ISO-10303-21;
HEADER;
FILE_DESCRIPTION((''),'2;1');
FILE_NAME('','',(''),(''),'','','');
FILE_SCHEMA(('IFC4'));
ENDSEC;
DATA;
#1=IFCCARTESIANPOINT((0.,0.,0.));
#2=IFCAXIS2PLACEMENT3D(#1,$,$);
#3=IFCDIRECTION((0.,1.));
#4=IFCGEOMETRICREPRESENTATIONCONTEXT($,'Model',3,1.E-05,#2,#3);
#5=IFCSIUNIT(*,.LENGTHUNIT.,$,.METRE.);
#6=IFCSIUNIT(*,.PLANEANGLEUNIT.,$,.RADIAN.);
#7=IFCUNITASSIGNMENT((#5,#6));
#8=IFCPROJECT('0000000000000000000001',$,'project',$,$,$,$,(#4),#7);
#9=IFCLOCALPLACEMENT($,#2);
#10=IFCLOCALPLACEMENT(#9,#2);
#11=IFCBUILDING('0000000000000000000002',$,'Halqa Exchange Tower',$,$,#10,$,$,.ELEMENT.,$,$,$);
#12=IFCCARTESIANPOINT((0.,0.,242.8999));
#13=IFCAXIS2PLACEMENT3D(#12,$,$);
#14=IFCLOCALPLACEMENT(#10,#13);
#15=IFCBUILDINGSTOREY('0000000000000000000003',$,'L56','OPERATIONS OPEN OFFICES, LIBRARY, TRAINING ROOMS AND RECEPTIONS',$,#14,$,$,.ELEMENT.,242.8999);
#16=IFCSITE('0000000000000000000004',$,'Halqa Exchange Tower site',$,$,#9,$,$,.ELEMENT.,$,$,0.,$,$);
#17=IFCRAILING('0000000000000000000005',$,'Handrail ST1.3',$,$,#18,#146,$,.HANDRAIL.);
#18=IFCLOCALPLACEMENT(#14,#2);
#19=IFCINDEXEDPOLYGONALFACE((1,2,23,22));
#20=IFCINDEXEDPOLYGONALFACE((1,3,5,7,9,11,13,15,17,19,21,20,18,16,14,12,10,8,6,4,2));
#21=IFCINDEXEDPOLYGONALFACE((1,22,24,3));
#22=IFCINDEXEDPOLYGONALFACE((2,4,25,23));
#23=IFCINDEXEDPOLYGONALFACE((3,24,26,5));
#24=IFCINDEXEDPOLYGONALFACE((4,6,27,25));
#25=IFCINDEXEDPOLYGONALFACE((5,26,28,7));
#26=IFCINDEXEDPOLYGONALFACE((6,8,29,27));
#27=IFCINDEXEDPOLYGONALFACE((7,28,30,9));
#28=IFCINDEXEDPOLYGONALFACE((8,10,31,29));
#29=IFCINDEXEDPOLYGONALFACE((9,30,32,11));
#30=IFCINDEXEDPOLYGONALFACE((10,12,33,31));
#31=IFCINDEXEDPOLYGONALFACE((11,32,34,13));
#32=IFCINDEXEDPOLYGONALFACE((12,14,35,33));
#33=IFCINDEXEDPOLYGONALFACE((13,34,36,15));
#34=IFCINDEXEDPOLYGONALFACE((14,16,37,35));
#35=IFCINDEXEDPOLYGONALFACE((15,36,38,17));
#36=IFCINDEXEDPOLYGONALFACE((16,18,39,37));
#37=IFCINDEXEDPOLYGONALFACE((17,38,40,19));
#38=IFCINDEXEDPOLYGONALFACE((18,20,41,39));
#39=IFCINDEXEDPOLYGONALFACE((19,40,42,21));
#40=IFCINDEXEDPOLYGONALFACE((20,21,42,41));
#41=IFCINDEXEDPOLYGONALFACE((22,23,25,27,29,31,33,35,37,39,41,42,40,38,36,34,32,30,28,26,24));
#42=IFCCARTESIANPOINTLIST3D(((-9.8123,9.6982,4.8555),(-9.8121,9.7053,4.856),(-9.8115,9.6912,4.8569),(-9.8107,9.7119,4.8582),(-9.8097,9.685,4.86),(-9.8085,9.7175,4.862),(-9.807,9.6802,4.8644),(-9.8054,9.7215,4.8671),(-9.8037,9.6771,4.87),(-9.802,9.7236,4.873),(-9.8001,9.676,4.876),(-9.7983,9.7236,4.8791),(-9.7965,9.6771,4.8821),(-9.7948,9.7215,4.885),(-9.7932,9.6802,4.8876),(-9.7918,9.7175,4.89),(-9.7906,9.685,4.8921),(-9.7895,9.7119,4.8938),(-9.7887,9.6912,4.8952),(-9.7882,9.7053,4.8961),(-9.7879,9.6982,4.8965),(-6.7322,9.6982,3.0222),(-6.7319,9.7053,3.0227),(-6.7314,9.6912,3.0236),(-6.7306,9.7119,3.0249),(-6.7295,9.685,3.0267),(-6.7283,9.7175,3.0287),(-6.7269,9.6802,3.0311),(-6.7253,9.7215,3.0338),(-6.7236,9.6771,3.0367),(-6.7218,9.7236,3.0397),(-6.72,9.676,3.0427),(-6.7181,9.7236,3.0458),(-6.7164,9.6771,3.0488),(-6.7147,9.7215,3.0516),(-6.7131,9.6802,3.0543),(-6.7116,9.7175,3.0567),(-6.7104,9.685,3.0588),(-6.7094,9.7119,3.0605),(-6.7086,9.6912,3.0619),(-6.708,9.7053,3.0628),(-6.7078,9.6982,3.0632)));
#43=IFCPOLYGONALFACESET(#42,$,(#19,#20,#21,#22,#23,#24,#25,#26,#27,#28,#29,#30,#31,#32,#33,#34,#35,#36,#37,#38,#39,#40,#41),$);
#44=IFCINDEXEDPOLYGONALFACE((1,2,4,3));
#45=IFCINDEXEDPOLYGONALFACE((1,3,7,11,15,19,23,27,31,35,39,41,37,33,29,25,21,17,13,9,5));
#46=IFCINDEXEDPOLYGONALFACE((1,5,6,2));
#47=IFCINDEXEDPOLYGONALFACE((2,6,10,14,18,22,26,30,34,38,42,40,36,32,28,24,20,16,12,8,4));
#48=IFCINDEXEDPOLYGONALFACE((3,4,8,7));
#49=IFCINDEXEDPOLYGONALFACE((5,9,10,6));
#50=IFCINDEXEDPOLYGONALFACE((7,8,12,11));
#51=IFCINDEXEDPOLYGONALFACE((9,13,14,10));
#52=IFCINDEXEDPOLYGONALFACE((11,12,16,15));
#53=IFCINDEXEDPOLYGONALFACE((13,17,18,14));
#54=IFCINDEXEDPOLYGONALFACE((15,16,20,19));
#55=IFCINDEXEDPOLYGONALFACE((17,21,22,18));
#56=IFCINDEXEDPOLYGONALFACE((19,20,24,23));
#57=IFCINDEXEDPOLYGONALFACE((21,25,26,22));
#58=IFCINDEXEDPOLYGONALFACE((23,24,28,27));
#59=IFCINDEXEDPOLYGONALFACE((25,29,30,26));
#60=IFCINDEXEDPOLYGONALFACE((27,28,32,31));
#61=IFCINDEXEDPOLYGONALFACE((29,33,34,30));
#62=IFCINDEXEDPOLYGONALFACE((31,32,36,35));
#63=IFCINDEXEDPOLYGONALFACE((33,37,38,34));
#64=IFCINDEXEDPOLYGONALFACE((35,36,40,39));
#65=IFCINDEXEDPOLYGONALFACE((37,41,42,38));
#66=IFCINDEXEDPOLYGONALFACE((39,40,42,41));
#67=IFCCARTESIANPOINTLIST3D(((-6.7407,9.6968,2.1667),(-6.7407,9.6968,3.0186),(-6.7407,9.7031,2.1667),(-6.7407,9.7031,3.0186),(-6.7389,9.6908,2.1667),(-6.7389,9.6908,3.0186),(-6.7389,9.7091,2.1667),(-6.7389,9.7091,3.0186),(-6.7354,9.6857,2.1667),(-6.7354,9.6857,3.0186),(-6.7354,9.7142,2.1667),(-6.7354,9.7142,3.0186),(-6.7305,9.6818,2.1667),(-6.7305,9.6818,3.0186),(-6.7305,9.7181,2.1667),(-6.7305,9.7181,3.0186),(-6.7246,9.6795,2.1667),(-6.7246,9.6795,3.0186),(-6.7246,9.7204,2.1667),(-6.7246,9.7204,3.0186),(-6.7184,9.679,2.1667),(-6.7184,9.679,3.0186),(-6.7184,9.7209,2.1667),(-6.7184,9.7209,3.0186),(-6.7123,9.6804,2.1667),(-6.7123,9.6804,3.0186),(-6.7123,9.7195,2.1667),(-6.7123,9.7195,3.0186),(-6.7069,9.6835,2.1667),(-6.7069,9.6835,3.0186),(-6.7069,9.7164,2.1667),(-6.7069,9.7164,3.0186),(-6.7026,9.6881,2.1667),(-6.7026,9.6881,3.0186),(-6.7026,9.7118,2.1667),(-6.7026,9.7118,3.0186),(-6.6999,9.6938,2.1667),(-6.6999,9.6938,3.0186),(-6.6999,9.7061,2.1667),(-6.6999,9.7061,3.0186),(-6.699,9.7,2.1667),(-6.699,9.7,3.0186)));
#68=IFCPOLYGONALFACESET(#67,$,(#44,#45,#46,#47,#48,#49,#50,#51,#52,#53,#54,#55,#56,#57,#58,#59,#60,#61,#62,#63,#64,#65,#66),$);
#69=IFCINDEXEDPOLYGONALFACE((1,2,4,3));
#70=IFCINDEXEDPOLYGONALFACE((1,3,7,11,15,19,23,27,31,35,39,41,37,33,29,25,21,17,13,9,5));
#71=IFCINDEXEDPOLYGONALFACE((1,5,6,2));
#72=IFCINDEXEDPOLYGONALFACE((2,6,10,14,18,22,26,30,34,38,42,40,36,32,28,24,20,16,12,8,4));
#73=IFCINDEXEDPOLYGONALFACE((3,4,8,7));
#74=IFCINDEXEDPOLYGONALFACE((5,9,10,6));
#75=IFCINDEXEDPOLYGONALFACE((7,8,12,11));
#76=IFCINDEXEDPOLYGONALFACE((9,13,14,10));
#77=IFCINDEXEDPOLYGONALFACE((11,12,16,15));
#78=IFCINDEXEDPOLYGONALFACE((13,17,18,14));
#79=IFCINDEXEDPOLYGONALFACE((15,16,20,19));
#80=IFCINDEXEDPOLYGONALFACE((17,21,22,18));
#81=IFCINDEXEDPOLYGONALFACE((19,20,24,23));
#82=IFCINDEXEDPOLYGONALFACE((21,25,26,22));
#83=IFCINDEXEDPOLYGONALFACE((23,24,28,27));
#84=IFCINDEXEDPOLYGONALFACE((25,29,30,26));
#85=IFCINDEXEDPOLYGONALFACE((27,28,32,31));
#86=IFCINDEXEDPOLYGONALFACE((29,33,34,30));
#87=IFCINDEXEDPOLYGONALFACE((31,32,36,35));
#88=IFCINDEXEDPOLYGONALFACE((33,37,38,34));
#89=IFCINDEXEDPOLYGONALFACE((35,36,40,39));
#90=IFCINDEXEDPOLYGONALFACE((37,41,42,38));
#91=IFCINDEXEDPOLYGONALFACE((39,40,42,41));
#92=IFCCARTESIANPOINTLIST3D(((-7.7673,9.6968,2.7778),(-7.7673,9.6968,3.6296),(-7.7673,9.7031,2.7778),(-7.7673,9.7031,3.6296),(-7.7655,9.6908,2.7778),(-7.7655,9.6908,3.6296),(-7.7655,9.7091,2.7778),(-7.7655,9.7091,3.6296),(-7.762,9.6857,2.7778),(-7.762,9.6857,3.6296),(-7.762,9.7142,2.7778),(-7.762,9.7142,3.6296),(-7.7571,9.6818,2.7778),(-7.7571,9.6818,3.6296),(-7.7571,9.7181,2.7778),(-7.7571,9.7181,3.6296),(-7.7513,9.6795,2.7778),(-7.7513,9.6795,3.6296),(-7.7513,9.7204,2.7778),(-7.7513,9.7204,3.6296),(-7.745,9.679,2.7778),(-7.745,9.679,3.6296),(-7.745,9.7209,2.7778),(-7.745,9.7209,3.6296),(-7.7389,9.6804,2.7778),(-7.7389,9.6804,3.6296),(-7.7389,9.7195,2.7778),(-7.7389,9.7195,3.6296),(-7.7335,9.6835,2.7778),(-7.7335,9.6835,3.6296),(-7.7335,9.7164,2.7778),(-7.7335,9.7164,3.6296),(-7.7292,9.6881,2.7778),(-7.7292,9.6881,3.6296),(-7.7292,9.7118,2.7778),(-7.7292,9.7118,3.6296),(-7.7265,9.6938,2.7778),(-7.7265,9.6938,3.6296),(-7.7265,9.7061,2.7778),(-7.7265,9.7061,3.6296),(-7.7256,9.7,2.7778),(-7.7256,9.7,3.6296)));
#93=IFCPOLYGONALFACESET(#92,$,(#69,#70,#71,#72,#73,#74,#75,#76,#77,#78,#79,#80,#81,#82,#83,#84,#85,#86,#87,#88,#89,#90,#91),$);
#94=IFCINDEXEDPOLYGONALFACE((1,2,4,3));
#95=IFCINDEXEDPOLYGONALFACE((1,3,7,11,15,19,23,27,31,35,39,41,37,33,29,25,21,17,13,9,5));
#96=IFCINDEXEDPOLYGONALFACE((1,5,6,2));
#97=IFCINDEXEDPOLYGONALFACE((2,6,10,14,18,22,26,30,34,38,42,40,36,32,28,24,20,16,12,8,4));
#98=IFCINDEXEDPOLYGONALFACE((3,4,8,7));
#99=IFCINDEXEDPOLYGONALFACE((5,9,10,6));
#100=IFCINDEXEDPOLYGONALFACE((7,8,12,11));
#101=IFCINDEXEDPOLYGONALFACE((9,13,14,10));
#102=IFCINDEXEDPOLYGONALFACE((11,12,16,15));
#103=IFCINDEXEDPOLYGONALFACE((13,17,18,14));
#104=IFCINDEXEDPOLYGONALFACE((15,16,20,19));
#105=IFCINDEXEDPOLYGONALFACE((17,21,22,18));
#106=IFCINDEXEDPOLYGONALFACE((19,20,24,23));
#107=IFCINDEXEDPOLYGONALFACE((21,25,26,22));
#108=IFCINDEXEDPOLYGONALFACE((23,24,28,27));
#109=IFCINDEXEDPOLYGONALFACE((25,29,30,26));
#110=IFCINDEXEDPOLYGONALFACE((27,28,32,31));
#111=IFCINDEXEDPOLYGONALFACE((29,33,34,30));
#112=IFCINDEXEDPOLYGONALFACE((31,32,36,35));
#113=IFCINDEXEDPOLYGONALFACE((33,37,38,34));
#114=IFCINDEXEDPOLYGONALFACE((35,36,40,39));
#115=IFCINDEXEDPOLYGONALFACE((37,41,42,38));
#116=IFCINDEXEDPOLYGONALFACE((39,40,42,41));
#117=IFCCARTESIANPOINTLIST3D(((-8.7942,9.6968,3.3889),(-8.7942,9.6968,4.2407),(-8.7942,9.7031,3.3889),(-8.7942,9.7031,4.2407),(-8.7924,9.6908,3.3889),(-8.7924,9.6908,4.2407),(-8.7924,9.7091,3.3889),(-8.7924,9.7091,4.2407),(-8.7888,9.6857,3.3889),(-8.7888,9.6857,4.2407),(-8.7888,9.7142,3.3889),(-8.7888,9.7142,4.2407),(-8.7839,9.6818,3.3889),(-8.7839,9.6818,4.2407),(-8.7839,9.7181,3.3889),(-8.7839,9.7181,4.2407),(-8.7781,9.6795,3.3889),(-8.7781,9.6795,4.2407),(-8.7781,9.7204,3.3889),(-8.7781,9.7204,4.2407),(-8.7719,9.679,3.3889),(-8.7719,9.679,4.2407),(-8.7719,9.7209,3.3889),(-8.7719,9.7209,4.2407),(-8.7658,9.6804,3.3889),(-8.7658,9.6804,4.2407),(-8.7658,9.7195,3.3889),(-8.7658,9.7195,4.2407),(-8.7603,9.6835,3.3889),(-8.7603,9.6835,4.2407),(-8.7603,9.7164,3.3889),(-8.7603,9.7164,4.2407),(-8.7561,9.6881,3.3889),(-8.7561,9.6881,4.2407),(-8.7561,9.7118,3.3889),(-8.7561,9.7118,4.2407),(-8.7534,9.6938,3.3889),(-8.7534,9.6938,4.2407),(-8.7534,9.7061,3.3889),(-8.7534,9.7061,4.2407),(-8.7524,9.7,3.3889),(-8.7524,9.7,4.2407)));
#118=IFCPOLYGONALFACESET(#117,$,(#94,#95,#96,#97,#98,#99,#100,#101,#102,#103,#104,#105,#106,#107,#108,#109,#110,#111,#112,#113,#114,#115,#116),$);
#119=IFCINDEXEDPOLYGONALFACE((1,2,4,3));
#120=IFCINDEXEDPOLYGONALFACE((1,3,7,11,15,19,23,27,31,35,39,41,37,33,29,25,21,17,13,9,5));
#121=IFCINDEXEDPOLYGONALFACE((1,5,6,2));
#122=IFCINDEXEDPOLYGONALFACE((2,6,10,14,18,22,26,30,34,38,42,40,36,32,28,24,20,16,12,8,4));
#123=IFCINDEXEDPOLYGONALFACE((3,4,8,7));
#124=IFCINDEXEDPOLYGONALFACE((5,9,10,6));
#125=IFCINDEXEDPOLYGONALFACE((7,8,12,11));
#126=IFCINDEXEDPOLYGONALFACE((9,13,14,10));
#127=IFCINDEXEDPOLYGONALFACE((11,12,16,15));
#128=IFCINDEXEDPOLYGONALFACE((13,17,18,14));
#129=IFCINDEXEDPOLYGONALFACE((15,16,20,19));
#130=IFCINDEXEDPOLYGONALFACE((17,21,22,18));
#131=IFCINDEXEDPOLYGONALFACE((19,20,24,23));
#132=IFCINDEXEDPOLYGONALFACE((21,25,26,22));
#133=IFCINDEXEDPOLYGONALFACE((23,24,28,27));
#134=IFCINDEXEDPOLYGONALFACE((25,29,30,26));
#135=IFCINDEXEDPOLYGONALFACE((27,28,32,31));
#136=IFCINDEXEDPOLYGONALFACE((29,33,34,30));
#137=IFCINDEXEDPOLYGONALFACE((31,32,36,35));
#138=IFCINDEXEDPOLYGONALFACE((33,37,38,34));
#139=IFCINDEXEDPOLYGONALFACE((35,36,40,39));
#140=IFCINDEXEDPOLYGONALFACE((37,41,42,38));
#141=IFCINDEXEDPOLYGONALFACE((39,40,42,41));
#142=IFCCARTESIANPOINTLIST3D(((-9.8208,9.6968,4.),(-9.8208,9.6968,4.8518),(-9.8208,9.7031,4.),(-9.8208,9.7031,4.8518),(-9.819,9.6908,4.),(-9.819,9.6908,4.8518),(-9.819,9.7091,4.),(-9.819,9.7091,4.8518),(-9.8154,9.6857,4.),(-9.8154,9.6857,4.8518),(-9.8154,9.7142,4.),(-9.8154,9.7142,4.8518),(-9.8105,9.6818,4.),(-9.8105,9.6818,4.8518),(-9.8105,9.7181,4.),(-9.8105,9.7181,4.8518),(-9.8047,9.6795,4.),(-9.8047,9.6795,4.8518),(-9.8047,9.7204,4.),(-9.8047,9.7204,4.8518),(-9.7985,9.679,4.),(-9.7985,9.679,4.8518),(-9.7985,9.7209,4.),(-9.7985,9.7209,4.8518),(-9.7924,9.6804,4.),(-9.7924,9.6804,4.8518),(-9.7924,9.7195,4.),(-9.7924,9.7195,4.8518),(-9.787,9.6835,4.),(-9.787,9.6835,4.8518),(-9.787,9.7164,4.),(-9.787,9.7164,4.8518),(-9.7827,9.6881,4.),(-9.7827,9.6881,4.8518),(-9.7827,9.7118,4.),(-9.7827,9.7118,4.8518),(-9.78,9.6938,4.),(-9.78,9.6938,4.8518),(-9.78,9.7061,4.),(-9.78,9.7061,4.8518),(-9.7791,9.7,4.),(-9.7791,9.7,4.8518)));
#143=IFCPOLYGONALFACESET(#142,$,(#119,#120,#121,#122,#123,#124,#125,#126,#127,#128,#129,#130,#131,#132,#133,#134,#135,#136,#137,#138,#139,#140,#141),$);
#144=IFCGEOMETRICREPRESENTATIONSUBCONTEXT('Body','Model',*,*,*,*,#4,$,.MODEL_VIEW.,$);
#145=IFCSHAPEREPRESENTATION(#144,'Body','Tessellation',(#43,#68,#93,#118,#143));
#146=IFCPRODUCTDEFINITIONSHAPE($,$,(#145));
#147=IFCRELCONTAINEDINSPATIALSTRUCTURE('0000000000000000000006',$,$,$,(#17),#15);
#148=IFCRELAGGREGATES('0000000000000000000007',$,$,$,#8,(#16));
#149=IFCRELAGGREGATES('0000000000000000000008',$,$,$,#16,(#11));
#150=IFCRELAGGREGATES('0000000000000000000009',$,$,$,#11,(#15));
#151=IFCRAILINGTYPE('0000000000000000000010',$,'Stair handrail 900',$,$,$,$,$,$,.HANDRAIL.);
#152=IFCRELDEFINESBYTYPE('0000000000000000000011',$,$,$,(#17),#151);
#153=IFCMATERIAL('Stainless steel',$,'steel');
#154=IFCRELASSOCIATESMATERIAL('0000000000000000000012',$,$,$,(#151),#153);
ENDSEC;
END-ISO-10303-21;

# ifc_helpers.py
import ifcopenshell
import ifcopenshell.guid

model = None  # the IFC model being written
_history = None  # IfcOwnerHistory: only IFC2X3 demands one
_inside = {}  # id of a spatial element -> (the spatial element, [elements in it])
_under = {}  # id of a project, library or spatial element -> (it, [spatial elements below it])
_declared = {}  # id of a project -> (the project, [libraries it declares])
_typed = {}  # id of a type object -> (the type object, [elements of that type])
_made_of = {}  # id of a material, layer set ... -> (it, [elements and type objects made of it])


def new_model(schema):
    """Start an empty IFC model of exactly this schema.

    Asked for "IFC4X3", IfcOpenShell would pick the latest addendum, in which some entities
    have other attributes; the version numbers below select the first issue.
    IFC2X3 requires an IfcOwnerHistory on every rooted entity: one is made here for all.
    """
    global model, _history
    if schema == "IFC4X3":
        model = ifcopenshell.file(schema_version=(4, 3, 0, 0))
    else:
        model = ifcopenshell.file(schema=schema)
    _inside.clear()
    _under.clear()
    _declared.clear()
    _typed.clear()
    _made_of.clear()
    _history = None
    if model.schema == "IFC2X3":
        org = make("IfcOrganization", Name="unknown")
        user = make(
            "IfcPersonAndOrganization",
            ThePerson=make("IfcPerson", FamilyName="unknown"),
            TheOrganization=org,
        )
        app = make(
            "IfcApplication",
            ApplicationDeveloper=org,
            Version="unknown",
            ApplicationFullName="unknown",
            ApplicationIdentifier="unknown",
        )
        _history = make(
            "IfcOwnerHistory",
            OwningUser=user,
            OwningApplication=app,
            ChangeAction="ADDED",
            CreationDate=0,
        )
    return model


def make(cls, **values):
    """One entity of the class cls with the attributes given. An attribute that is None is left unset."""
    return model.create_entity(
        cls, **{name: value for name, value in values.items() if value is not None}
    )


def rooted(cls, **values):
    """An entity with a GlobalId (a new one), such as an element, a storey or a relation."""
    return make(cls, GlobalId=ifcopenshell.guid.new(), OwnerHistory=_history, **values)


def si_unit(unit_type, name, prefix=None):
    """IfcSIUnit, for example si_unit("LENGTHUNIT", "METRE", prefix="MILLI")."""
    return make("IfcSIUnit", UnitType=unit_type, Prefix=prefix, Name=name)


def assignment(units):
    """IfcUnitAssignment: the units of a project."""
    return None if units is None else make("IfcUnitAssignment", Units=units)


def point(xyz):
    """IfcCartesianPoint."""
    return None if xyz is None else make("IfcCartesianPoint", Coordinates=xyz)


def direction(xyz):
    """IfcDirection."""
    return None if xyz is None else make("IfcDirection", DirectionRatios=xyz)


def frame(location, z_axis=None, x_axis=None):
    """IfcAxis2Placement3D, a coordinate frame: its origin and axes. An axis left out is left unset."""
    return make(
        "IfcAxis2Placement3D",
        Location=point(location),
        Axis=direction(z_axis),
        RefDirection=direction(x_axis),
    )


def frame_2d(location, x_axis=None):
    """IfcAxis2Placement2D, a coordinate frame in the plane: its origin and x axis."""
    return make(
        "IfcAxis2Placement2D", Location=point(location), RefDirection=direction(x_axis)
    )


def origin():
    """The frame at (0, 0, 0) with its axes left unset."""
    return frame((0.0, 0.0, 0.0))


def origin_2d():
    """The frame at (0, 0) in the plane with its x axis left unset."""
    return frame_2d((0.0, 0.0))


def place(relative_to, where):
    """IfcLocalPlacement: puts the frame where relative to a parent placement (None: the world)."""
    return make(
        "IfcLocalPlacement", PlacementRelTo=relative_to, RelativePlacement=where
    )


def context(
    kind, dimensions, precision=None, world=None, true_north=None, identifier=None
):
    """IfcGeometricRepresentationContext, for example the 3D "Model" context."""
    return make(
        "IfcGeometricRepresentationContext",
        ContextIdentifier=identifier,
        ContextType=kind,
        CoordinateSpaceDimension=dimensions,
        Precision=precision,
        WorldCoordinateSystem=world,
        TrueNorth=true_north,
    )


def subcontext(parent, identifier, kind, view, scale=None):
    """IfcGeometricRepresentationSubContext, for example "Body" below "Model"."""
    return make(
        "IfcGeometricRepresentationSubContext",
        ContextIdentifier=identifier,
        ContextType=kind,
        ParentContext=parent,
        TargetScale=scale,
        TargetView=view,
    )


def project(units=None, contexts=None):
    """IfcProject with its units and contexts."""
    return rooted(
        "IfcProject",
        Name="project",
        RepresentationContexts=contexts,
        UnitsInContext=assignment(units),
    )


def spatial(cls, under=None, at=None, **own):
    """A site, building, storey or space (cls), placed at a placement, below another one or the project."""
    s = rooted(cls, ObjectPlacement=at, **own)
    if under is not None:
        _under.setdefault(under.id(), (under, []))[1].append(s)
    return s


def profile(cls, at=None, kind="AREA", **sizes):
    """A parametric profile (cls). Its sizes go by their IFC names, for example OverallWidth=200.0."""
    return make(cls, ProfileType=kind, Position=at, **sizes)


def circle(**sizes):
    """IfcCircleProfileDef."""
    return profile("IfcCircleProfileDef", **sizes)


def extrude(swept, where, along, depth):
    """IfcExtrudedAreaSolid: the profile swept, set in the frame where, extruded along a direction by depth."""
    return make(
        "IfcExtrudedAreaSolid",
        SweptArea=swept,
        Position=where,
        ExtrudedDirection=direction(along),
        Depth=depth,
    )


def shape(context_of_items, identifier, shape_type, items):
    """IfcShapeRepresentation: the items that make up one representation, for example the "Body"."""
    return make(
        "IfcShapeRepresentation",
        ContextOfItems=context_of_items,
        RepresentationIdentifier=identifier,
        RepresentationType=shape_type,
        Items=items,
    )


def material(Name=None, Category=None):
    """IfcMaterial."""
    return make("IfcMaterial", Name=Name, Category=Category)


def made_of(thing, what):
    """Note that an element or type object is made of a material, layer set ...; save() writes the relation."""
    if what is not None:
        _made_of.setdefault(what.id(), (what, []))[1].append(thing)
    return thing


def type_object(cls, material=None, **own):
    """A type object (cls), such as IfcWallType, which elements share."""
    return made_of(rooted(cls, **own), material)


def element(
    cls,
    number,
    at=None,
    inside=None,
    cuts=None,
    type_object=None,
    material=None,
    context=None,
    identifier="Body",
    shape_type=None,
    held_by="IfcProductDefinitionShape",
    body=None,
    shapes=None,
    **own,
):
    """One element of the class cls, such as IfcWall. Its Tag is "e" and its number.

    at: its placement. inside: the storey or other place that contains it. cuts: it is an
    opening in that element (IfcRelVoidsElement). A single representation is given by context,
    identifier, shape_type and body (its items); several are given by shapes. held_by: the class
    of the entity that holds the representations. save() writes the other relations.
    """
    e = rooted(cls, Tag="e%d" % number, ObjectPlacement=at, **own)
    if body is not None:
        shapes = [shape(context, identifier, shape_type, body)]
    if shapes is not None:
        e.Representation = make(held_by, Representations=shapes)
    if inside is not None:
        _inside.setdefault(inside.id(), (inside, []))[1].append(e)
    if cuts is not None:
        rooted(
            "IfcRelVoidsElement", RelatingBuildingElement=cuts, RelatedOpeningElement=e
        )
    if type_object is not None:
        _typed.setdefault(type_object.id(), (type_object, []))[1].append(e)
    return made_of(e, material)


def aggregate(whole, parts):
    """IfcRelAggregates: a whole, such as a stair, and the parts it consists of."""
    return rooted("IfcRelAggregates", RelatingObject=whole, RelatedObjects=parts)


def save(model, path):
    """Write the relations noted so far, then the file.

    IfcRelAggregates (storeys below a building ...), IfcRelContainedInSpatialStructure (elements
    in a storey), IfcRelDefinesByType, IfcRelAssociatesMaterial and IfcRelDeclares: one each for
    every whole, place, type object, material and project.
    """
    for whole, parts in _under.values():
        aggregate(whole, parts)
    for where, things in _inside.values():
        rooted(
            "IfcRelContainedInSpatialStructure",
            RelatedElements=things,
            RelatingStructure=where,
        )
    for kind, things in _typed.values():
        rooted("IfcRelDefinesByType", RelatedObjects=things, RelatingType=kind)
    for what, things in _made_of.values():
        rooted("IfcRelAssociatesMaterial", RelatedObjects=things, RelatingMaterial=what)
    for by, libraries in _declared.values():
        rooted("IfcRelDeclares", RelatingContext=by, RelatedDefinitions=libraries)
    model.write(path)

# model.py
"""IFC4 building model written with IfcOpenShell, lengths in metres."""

from ifc_helpers import new_model, si_unit, direction, frame, origin, origin_2d, place, context, subcontext, project, spatial, circle, extrude, material, type_object, element, save


model = new_model("IFC4")

# Units and contexts
model_context = context("Model", 3, precision=1e-05, world=origin(), true_north=direction((0.0, 1.0)))
body_context = subcontext(model_context, "Body", "Model", "MODEL_VIEW")
ifc_project = project(units=[si_unit("LENGTHUNIT", "METRE"), si_unit("PLANEANGLEUNIT", "RADIAN")], contexts=[model_context])

# Site, building, storey
site_placement = place(None, origin())
site = spatial("IfcSite", under=ifc_project, at=site_placement, Name="Halqa Exchange Tower site", CompositionType="ELEMENT", RefElevation=0.0)
building_placement = place(site_placement, origin())
building = spatial("IfcBuilding", under=site, at=building_placement, Name="Halqa Exchange Tower", CompositionType="ELEMENT")
storey_placement = place(building_placement, frame((0.0, 0.0, 242.8999)))
storey = spatial("IfcBuildingStorey", under=building, at=storey_placement, Name="L56", Description="OPERATIONS OPEN OFFICES, LIBRARY, TRAINING ROOMS AND RECEPTIONS", CompositionType="ELEMENT", Elevation=242.8999)

# Railing
ifc_material_1 = material(Name="Stainless steel", Category="steel")
railing_type_1 = type_object("IfcRailingType", Name="Stair handrail 900", PredefinedType="HANDRAIL", material=ifc_material_1)
railing_1_placement = place(storey_placement, frame((-6.72, 9.7, 2.1667)))
element("IfcRailing", 1, at=railing_1_placement, inside=storey, type_object=railing_type_1, Name="Handrail ST1.3", PredefinedType="HANDRAIL", context=body_context, shape_type="SweptSolid", body=[
    extrude(circle(Radius=0.0239, at=origin_2d()), frame((0.0, 0.0, 0.876), z_axis=(-0.859309, 0.0, 0.511458), x_axis=(0.0, -1.0, 0.0)), (0.0, 0.0, 1.0), 3.5845),
    extrude(circle(Radius=0.021, at=origin_2d()), origin(), (0.0, 0.0, 1.0), 0.8518),
    extrude(circle(Radius=0.021, at=origin_2d()), frame((-1.0266, 0.0, 0.6111)), (0.0, 0.0, 1.0), 0.8518),
    extrude(circle(Radius=0.021, at=origin_2d()), frame((-2.0535, 0.0, 1.2222)), (0.0, 0.0, 1.0), 0.8518),
    extrude(circle(Radius=0.021, at=origin_2d()), frame((-3.0801, 0.0, 1.8333)), (0.0, 0.0, 1.0), 0.8518),
])

save(model, "model.ifc")
